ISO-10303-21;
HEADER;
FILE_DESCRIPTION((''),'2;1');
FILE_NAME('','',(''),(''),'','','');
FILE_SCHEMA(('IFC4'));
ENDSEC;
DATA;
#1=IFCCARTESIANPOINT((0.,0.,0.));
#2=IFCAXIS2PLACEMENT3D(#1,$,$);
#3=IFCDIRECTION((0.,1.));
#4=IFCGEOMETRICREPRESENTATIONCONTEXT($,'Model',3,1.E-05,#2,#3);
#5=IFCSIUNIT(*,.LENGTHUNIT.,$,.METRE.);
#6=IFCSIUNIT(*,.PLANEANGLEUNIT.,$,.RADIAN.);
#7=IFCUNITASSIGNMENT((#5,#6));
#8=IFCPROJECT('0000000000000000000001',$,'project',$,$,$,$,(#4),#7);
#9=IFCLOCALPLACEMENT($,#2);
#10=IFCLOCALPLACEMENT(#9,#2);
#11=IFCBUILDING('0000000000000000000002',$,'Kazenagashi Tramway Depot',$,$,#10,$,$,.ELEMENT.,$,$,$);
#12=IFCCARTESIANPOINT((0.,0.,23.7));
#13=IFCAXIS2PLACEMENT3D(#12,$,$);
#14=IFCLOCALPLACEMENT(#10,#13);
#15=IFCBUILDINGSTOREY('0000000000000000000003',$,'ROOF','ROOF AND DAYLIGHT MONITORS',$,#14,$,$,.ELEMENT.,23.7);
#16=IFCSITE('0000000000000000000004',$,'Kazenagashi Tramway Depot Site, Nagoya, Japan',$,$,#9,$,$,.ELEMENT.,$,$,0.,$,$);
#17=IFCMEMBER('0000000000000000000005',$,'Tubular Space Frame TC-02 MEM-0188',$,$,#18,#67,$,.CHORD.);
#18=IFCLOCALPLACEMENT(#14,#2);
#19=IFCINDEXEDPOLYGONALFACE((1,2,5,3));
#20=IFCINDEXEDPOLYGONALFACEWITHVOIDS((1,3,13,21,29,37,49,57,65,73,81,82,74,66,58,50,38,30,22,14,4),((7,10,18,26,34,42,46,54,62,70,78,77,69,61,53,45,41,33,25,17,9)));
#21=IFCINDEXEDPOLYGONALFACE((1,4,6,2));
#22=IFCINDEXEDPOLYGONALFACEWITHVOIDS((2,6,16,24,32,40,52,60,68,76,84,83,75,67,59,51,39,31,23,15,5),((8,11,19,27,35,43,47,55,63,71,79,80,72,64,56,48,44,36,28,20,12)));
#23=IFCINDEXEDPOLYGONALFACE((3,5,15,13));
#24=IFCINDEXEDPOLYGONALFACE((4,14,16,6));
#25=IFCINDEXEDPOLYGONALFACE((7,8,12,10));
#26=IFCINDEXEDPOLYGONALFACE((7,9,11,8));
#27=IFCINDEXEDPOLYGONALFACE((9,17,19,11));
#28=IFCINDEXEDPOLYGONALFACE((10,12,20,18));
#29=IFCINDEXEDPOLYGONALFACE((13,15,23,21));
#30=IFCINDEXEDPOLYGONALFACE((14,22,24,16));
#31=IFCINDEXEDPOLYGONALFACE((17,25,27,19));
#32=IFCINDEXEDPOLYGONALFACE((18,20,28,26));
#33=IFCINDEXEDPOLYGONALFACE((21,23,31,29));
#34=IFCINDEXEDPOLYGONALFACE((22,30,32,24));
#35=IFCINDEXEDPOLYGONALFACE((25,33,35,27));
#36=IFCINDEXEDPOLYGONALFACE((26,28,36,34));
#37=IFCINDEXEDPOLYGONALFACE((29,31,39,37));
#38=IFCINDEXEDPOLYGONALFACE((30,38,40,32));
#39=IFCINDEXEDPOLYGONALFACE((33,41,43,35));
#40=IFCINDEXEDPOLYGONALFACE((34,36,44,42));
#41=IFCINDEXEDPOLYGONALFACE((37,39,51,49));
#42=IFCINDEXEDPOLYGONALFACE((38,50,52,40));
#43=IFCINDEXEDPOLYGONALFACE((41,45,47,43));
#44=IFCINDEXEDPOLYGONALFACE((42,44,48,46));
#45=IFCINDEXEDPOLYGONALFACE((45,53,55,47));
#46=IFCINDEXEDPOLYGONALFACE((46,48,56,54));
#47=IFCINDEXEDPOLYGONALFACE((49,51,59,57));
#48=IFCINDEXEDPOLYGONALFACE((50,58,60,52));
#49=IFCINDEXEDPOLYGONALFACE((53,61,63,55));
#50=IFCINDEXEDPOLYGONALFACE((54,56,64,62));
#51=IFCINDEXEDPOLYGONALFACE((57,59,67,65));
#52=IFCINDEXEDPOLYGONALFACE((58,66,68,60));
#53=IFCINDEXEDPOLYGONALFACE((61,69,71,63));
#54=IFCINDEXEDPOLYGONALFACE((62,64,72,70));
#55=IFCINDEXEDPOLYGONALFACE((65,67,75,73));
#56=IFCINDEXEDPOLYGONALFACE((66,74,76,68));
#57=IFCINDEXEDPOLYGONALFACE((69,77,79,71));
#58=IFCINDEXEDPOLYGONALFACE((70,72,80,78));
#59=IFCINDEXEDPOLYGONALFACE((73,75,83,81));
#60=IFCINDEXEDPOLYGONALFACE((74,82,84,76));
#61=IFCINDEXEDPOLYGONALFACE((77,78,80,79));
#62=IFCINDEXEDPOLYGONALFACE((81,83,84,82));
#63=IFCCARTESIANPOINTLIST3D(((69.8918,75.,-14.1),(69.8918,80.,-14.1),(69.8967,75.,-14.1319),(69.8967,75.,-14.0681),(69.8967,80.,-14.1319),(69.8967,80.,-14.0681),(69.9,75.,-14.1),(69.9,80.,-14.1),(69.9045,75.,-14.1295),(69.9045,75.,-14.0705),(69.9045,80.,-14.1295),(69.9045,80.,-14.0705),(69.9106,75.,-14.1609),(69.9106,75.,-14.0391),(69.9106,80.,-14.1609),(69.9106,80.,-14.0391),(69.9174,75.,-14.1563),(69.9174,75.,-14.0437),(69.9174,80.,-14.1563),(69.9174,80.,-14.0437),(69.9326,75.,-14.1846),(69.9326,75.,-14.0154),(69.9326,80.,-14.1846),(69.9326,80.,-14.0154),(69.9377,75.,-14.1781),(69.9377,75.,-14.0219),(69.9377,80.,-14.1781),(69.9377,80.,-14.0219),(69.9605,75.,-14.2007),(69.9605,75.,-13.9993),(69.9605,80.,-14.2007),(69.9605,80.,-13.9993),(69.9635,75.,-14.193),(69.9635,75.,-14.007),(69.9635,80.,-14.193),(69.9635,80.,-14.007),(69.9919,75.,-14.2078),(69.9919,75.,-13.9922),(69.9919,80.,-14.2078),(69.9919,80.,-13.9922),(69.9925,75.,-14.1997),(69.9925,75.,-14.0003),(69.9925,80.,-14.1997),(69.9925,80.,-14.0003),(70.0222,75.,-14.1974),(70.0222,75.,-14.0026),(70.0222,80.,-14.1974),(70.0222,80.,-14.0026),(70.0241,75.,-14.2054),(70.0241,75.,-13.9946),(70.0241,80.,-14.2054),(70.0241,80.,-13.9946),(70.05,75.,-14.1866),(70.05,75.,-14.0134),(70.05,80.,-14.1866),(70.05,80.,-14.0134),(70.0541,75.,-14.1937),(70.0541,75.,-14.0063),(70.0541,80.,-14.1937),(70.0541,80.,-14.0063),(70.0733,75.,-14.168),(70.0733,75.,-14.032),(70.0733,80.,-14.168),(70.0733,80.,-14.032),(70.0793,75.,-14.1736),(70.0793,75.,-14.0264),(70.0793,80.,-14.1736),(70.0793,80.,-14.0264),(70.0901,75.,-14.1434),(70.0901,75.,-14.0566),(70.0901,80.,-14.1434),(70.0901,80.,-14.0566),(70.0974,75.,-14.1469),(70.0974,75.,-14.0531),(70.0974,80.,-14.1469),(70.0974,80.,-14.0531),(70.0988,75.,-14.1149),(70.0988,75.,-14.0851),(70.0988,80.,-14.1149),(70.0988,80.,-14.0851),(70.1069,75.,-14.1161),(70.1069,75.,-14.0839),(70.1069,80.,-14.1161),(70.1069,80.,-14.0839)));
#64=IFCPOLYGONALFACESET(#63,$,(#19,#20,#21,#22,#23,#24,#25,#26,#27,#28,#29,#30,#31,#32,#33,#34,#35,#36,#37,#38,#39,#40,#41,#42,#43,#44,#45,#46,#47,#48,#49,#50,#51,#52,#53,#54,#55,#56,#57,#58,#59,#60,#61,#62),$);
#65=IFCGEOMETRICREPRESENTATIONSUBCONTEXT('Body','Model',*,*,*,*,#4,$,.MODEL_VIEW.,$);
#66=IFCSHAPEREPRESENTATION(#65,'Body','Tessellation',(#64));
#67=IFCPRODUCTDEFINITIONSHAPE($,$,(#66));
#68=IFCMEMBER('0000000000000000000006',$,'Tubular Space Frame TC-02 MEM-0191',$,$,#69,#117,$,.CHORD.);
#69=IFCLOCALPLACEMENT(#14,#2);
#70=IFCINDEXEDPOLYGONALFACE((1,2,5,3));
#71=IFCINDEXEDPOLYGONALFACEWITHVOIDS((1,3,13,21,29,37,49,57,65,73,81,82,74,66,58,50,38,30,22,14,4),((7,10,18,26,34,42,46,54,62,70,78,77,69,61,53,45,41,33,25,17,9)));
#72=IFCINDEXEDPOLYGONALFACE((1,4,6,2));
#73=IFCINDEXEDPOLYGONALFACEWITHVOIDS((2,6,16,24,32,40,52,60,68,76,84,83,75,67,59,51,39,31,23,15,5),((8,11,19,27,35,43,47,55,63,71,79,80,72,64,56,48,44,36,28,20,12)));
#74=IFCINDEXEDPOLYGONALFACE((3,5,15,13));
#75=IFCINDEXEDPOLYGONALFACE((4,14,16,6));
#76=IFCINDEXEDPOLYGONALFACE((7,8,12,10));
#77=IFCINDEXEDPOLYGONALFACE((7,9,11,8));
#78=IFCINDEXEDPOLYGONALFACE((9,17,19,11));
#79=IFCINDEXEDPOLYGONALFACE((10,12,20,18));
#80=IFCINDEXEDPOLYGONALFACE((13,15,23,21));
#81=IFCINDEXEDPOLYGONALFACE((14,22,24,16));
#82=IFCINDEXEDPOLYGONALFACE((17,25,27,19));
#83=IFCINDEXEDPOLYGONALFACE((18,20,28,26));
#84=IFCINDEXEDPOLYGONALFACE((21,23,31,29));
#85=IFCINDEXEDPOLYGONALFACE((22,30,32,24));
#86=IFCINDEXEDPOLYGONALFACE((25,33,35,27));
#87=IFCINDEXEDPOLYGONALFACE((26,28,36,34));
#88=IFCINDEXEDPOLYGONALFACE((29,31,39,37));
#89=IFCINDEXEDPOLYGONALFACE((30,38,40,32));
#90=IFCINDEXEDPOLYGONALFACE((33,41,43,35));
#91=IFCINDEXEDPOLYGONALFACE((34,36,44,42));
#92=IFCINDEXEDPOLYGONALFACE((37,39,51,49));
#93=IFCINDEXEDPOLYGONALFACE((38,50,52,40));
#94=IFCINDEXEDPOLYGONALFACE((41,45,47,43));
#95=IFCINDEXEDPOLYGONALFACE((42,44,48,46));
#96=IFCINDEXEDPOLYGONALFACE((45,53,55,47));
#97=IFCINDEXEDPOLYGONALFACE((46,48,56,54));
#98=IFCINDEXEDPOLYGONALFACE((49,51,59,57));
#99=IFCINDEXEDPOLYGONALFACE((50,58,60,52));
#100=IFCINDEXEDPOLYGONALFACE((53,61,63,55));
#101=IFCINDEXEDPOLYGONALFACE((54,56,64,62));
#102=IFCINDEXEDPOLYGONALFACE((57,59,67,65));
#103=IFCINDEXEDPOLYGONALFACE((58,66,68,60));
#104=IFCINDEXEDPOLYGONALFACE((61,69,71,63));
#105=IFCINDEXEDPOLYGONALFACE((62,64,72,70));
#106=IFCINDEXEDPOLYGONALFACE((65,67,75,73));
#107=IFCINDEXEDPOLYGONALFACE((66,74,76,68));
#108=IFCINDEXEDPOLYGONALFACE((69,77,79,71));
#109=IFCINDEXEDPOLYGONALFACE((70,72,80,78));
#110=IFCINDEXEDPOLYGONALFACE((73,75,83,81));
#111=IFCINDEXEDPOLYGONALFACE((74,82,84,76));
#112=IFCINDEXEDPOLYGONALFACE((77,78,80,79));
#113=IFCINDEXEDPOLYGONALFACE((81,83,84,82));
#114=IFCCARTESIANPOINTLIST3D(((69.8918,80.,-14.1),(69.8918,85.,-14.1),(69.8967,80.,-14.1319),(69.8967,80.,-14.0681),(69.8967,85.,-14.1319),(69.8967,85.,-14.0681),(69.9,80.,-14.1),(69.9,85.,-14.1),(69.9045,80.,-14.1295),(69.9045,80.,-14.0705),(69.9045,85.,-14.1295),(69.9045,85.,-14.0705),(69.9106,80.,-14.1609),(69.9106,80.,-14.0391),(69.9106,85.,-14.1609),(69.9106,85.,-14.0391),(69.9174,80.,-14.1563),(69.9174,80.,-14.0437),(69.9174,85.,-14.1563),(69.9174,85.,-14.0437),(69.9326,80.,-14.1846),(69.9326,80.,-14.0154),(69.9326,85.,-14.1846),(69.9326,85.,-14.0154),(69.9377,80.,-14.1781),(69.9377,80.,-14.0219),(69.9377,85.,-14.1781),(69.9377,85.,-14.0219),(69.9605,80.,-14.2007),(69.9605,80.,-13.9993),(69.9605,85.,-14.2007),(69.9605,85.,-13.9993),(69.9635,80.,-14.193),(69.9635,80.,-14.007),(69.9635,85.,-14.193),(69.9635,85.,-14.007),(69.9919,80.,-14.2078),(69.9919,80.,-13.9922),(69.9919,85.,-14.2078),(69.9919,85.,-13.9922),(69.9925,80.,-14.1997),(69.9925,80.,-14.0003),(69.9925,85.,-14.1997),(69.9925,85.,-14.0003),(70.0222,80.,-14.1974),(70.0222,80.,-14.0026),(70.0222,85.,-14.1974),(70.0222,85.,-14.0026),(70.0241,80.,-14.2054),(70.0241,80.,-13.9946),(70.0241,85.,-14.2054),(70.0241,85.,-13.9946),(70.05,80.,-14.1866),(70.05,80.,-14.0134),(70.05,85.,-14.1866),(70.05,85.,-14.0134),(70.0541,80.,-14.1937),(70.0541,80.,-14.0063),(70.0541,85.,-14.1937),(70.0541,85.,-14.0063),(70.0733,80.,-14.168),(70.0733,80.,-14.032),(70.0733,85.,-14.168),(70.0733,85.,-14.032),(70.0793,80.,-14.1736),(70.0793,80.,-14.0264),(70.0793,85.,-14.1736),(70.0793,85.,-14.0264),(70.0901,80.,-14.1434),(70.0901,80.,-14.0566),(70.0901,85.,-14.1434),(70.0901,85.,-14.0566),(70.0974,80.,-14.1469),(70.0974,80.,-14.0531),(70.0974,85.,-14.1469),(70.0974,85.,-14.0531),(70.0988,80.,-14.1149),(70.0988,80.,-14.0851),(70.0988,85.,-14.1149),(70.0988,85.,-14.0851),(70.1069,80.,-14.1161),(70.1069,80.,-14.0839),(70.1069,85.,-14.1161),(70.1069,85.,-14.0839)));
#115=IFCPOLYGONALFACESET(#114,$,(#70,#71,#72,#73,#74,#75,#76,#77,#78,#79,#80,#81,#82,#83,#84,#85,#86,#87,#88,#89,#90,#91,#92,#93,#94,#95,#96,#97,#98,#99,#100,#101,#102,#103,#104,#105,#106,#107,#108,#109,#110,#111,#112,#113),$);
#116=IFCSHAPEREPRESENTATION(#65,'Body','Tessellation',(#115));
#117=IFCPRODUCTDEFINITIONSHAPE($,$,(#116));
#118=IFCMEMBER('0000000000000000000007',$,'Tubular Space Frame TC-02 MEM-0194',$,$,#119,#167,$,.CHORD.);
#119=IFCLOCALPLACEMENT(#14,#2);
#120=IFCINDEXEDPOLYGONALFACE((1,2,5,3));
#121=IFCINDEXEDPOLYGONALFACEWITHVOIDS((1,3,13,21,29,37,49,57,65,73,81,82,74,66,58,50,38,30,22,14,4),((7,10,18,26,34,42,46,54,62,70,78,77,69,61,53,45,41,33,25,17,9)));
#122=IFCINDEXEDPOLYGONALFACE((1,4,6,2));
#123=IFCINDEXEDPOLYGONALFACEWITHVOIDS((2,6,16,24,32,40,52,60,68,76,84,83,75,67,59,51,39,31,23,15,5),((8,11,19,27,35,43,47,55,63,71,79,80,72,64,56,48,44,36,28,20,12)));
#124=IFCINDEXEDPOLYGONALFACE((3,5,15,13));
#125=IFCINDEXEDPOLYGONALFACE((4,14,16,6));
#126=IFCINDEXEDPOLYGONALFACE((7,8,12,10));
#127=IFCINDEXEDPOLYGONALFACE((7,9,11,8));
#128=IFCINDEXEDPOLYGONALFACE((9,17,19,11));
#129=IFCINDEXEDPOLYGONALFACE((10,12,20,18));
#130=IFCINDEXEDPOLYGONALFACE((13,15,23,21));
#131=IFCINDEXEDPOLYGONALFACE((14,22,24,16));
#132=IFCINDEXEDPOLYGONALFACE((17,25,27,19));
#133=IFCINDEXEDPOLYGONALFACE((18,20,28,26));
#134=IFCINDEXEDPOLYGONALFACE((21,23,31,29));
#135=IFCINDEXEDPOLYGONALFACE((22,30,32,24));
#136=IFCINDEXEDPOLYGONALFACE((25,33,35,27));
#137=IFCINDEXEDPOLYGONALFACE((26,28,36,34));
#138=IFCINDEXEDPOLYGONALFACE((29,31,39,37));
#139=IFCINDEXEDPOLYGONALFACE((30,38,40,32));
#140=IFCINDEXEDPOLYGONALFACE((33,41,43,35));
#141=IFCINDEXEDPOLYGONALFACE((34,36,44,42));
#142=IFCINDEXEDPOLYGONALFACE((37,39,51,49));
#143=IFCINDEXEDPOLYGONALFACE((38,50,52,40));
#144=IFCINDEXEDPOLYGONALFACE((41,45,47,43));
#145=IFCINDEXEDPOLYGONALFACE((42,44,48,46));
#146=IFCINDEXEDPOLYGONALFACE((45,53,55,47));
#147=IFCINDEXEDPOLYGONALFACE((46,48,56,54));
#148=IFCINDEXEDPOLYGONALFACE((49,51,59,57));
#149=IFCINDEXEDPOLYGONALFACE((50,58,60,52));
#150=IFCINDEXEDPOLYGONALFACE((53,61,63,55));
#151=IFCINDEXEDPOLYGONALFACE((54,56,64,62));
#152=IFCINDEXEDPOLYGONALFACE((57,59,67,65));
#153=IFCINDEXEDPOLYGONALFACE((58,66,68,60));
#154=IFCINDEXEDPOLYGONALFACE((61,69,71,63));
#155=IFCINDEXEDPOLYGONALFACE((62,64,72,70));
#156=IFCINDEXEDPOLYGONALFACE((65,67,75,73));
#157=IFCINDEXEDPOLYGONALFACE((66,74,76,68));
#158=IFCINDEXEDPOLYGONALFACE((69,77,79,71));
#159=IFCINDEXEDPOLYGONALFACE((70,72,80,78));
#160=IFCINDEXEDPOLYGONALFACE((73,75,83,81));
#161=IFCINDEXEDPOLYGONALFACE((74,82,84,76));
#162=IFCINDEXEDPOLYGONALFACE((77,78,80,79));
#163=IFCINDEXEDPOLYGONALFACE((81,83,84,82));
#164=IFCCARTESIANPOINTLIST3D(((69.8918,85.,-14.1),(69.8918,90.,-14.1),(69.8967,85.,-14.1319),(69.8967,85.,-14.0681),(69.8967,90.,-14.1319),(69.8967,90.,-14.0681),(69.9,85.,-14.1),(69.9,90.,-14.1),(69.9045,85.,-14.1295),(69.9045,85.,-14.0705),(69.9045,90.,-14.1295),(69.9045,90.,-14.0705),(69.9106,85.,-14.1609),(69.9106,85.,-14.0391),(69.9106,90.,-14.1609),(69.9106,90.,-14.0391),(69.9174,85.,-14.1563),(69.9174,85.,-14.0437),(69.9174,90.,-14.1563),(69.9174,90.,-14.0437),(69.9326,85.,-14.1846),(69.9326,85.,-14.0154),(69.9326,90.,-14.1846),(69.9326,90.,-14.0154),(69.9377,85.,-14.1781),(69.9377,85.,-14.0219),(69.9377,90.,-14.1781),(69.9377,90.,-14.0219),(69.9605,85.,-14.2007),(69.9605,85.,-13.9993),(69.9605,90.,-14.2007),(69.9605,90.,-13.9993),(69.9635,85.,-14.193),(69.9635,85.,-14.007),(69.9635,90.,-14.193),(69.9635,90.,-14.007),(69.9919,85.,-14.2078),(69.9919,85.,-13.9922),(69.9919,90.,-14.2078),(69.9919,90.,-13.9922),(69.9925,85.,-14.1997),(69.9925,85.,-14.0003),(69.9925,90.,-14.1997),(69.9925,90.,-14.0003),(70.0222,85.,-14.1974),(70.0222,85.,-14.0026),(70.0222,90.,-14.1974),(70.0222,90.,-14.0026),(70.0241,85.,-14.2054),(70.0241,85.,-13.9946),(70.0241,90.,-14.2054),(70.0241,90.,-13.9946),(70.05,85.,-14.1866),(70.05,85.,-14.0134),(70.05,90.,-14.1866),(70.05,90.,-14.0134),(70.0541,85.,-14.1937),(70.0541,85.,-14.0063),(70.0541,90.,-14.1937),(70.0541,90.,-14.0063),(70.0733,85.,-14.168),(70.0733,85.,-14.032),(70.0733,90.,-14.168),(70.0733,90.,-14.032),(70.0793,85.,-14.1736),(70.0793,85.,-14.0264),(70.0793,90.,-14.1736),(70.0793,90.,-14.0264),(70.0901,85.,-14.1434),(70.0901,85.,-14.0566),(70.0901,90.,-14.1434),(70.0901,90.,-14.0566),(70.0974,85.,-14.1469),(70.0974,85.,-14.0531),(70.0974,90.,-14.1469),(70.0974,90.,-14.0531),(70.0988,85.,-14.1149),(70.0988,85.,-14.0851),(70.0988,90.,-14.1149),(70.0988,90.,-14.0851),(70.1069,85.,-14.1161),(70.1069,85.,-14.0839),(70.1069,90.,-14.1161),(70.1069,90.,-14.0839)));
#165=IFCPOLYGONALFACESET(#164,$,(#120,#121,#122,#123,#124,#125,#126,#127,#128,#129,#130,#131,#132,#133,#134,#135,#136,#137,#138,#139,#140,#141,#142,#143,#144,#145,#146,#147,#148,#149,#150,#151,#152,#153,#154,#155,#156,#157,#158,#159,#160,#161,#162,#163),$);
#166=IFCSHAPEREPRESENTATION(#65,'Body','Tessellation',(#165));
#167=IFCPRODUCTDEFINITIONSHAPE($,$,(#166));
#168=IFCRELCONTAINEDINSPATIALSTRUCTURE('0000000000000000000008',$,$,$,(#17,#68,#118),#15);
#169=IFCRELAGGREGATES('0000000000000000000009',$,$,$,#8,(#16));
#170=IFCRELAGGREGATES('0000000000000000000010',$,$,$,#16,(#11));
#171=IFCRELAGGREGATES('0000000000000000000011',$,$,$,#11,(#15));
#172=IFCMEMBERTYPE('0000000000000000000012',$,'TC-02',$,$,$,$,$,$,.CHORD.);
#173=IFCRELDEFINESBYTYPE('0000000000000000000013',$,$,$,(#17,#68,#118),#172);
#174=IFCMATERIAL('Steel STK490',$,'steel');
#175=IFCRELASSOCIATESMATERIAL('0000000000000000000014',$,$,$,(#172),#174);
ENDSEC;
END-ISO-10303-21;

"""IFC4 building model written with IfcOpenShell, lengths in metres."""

from ifc_helpers import new_model, si_unit, direction, frame, origin, origin_2d, place, context, subcontext, project, spatial, hollow_circle, extrude, material, material_profile, profile_set, type_object, element, save


model = new_model("IFC4")

# Units and contexts
model_context = context("Model", 3, precision=1e-05, world=origin(), true_north=direction((0.0, 1.0)))
body_context = subcontext(model_context, "Body", "Model", "MODEL_VIEW")
ifc_project = project(units=[si_unit("LENGTHUNIT", "METRE"), si_unit("PLANEANGLEUNIT", "RADIAN")], contexts=[model_context])

# Site, building, storey
site_placement = place(None, origin())
site = spatial("IfcSite", under=ifc_project, at=site_placement, Name="Kazenagashi Tramway Depot Site, Nagoya, Japan", CompositionType="ELEMENT", RefElevation=0.0)
building_placement = place(site_placement, origin())
building = spatial("IfcBuilding", under=site, at=building_placement, Name="Kazenagashi Tramway Depot", CompositionType="ELEMENT")
storey_placement = place(building_placement, frame((0.0, 0.0, 23.7)))
storey = spatial("IfcBuildingStorey", under=building, at=storey_placement, Name="ROOF", Description="ROOF AND DAYLIGHT MONITORS", CompositionType="ELEMENT", Elevation=23.7)

# Members
ifc_material_1 = material(Name="Steel STK490", Category="steel")
ifc_material_profile_1 = material_profile(ifc_material_1, hollow_circle(Radius=0.1081, WallThickness=0.0082, at=origin_2d()), Name="CHS-216.3x8.2")
ifc_profile_set_1 = profile_set([ifc_material_profile_1], Name="Steel STK490")
member_type_1 = type_object("IfcMemberType", Name="TC-02", PredefinedType="CHORD", material=ifc_profile_set_1)
for number, where, z_axis, x_axis, name in (
    (1, (70.0, 75.0, -14.1), (0.0, 1.0, 0.0), (-1.0, 0.0, 0.0), "Tubular Space Frame TC-02 MEM-0188"),
    (2, (70.0, 80.0, -14.1), (0.0, 1.0, 0.0), (-1.0, 0.0, 0.0), "Tubular Space Frame TC-02 MEM-0191"),
    (3, (70.0, 85.0, -14.1), (0.0, 1.0, 0.0), (-1.0, 0.0, 0.0), "Tubular Space Frame TC-02 MEM-0194"),
):
    element("IfcMember", number, at=place(storey_placement, frame(where, z_axis=z_axis, x_axis=x_axis)), inside=storey, type_object=member_type_1, Name=name, PredefinedType="CHORD", context=body_context, shape_type="SweptSolid", body=[
        extrude(hollow_circle(Radius=0.1081, WallThickness=0.0082, at=origin_2d()), origin(), (0.0, 0.0, 1.0), 5.0),
    ])

save(model, "model.ifc")
